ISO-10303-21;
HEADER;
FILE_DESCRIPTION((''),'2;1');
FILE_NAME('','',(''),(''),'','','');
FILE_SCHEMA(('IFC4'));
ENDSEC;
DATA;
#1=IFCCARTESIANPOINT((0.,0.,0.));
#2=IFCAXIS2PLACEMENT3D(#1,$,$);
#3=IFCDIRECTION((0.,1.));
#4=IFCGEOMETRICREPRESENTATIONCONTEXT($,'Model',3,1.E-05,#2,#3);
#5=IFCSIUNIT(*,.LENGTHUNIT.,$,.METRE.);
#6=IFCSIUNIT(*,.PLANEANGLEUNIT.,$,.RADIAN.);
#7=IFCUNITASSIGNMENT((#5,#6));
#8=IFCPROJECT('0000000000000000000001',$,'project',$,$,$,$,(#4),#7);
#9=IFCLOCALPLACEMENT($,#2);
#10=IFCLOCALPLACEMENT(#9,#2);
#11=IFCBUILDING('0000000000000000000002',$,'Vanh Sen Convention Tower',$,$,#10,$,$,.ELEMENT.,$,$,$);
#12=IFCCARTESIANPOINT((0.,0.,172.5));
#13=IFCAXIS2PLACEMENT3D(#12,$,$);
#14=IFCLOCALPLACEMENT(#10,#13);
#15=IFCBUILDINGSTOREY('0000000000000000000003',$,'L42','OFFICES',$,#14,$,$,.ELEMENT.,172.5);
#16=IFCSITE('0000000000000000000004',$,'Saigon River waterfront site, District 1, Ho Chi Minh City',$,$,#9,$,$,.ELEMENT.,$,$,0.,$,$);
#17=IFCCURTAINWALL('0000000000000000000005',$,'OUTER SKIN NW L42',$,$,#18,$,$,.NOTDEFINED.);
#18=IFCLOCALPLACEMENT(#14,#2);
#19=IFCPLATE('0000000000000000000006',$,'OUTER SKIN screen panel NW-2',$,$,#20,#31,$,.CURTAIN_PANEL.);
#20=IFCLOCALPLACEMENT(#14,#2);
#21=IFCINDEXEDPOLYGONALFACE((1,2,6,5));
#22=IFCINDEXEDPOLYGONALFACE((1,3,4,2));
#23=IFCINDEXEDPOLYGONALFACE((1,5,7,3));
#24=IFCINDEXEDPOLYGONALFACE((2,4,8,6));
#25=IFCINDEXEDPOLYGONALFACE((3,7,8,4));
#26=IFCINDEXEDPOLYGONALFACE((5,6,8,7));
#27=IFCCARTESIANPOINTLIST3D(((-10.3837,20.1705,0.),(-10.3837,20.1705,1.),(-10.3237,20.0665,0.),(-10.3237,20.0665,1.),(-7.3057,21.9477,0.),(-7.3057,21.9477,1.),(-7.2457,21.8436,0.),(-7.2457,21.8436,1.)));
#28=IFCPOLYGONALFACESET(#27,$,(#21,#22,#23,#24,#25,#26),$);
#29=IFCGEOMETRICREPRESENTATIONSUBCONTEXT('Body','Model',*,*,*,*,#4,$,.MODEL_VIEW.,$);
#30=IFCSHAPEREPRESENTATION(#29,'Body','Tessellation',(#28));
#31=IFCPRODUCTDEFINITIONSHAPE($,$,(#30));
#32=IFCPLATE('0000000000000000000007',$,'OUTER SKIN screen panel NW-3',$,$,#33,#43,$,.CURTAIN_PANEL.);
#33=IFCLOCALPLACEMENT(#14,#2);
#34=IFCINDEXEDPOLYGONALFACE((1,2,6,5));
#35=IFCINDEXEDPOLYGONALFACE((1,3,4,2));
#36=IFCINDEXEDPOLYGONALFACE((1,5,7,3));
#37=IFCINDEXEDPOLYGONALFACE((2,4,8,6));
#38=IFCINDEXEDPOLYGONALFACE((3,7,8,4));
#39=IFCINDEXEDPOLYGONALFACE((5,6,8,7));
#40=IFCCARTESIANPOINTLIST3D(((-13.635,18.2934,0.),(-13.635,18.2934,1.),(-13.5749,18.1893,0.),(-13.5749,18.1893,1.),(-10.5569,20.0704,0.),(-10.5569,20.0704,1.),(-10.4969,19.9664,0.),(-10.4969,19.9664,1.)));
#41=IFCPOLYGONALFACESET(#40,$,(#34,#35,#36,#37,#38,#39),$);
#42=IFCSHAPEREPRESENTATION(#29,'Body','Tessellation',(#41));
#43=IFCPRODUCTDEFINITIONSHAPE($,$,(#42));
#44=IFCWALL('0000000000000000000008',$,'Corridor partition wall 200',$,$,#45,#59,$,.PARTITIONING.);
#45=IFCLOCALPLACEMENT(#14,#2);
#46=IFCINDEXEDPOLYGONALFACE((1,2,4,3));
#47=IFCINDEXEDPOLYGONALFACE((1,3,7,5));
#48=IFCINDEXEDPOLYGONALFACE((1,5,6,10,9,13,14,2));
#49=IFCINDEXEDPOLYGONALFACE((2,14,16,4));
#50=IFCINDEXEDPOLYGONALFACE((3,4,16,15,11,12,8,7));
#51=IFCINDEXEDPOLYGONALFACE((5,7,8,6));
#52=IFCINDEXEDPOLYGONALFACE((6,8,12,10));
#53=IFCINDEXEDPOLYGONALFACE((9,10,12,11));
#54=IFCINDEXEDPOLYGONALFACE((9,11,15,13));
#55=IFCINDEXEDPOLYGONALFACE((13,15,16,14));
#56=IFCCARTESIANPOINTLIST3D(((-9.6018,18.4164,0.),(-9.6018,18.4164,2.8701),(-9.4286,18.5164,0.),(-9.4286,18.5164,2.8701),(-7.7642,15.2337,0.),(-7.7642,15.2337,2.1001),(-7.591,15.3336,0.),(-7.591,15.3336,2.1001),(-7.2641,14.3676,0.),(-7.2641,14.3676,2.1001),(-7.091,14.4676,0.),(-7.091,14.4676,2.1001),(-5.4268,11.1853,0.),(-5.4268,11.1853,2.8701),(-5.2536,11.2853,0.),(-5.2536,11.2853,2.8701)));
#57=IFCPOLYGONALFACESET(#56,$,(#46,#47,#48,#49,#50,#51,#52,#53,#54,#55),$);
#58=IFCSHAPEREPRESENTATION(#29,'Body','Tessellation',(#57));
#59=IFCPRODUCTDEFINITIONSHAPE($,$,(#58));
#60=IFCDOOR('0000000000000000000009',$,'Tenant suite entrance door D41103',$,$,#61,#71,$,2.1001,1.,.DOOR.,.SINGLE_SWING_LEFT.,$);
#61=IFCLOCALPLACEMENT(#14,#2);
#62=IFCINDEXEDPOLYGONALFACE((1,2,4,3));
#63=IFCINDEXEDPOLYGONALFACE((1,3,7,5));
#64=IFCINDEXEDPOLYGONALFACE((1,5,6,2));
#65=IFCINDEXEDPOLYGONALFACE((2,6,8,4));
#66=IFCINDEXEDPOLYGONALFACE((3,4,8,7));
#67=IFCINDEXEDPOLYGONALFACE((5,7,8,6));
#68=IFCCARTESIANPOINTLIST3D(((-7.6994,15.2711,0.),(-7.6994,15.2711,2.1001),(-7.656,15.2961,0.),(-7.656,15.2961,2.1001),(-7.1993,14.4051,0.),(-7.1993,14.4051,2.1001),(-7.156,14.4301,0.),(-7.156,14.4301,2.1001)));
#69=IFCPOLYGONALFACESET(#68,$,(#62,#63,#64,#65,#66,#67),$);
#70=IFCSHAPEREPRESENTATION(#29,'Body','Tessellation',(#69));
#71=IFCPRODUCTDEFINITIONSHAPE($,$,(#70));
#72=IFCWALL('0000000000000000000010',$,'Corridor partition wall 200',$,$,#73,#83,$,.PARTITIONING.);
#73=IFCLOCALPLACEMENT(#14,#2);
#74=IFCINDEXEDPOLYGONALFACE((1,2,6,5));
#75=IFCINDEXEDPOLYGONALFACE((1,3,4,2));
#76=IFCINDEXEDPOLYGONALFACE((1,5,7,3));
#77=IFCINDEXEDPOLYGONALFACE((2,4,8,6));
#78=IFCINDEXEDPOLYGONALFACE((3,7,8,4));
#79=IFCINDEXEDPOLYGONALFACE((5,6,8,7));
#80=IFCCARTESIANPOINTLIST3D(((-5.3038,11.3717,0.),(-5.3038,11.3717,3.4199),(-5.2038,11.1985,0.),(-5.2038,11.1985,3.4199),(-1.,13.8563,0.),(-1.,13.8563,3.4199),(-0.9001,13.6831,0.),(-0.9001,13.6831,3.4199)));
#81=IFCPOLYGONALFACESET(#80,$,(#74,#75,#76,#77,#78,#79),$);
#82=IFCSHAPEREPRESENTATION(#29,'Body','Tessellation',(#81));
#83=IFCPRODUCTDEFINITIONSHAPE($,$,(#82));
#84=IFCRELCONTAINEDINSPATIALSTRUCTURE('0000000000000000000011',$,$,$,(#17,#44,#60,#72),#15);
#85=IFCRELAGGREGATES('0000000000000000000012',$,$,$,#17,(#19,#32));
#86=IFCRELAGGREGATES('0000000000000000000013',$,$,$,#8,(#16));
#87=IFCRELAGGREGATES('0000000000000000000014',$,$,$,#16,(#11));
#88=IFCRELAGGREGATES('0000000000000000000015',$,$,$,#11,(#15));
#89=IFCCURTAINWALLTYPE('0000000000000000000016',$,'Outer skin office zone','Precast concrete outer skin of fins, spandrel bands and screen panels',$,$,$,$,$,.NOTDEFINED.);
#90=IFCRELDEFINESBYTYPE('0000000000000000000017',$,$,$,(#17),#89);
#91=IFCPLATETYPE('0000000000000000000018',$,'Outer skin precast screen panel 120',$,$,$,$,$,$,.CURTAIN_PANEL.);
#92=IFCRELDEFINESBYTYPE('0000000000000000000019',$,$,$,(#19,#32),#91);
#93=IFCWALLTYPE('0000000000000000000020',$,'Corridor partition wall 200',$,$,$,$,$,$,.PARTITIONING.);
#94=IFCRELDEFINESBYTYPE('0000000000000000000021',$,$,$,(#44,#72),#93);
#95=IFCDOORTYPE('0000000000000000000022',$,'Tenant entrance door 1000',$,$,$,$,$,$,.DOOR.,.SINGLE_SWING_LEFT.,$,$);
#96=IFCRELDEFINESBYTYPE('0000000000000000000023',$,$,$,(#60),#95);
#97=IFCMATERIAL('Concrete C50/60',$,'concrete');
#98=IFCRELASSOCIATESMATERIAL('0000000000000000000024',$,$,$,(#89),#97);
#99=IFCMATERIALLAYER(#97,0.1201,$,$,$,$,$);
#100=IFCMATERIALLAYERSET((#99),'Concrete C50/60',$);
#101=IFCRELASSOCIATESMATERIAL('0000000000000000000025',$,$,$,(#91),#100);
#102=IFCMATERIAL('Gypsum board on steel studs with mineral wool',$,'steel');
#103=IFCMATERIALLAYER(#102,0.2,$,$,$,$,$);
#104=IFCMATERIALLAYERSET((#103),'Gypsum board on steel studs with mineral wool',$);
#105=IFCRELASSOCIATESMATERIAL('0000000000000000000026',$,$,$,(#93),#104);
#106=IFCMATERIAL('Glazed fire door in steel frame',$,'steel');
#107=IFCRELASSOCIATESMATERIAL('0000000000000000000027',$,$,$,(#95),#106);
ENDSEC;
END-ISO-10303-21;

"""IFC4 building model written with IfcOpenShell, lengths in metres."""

from ifc_helpers import new_model, si_unit, direction, frame, frame_2d, origin, origin_2d, place, context, subcontext, project, spatial, rectangle, extrude, material, layer, layer_set, type_object, element, fill, aggregate, save


model = new_model("IFC4")

# Units and contexts
model_context = context("Model", 3, precision=1e-05, world=origin(), true_north=direction((0.0, 1.0)))
body_context = subcontext(model_context, "Body", "Model", "MODEL_VIEW")
ifc_project = project(units=[si_unit("LENGTHUNIT", "METRE"), si_unit("PLANEANGLEUNIT", "RADIAN")], contexts=[model_context])

# Site, building, storey
site_placement = place(None, origin())
site = spatial("IfcSite", under=ifc_project, at=site_placement, Name="Saigon River waterfront site, District 1, Ho Chi Minh City", CompositionType="ELEMENT", RefElevation=0.0)
building_placement = place(site_placement, origin())
building = spatial("IfcBuilding", under=site, at=building_placement, Name="Vanh Sen Convention Tower", CompositionType="ELEMENT")
storey_placement = place(building_placement, frame((0.0, 0.0, 172.5)))
storey = spatial("IfcBuildingStorey", under=building, at=storey_placement, Name="L42", Description="OFFICES", CompositionType="ELEMENT", Elevation=172.5)

# Curtain wall
ifc_material_1 = material(Name="Concrete C50/60", Category="concrete")
curtain_wall_type = type_object("IfcCurtainWallType", Name="Outer skin office zone", Description="Precast concrete outer skin of fins, spandrel bands and screen panels", PredefinedType="NOTDEFINED", material=ifc_material_1)
curtain_wall_1_placement = place(storey_placement, origin())
curtain_wall_1 = element("IfcCurtainWall", 1, at=curtain_wall_1_placement, inside=storey, type_object=curtain_wall_type, Name="OUTER SKIN NW L42", PredefinedType="NOTDEFINED")

# Shared definitions
ifc_layer_1 = layer(ifc_material_1, 0.1201)
ifc_layer_set_1 = layer_set([ifc_layer_1], Name="Concrete C50/60")
plate_type = type_object("IfcPlateType", Name="Outer skin precast screen panel 120", PredefinedType="CURTAIN_PANEL", material=ifc_layer_set_1)

# Plates
plate_1_placement = place(storey_placement, frame((-8.8147, 21.0071, 0.0), z_axis=(0.0, 0.0, 1.0), x_axis=(-0.866017, -0.500015, 0.0)))
plate_1 = element("IfcPlate", 2, at=plate_1_placement, type_object=plate_type, Name="OUTER SKIN screen panel NW-2", PredefinedType="CURTAIN_PANEL", context=body_context, shape_type="SweptSolid", body=[
    extrude(rectangle(XDim=3.5542, YDim=0.1201, at=origin_2d()), origin(), (0.0, 0.0, 1.0), 1.0),
])
plate_2_placement = place(storey_placement, frame((-12.0659, 19.1299, 0.0), z_axis=(0.0, 0.0, 1.0), x_axis=(-0.866035, -0.499983, 0.0)))
plate_2 = element("IfcPlate", 3, at=plate_2_placement, type_object=plate_type, Name="OUTER SKIN screen panel NW-3", PredefinedType="CURTAIN_PANEL", context=body_context, shape_type="SweptSolid", body=[
    extrude(rectangle(XDim=3.5542, YDim=0.1201, at=origin_2d()), origin(), (0.0, 0.0, 1.0), 1.0),
])
aggregate(curtain_wall_1, [plate_1, plate_2])

# Wall, opening, door
ifc_material_2 = material(Name="Gypsum board on steel studs with mineral wool", Category="steel")
ifc_layer_2 = layer(ifc_material_2, 0.2)
ifc_layer_set_2 = layer_set([ifc_layer_2], Name="Gypsum board on steel studs with mineral wool")
wall_type_1 = type_object("IfcWallType", Name="Corridor partition wall 200", PredefinedType="PARTITIONING", material=ifc_layer_set_2)
wall_1_placement = place(storey_placement, frame((-9.5151, 18.4663, 0.0), z_axis=(0.0, 0.0, 1.0), x_axis=(0.50001, -0.86602, 0.0)))
wall_1 = element("IfcWall", 4, at=wall_1_placement, inside=storey, type_object=wall_type_1, Name="Corridor partition wall 200", PredefinedType="PARTITIONING", context=body_context, shape_type="SweptSolid", body=[
    extrude(rectangle(XDim=8.3499, YDim=0.2, at=frame_2d((4.1748, 0.0))), origin(), (0.0, 0.0, 1.0), 2.8701),
])
opening_1_placement = place(wall_1_placement, frame((3.675, 0.0, 0.0)))
opening_1 = element("IfcOpeningElement", 5, at=opening_1_placement, cuts=wall_1, PredefinedType="OPENING", context=body_context, shape_type="SweptSolid", body=[
    extrude(rectangle(XDim=1.0, YDim=2.1001, at=frame_2d((0.5, 1.05))), frame((0.0, 0.1099, 0.0), z_axis=(0.0, -1.0, 0.0), x_axis=(1.0, 0.0, 0.0)), (0.0, 0.0, 1.0), 0.22),
])
ifc_material_3 = material(Name="Glazed fire door in steel frame", Category="steel")
door_type = type_object("IfcDoorType", Name="Tenant entrance door 1000", OperationType="SINGLE_SWING_LEFT", PredefinedType="DOOR", material=ifc_material_3)
door_placement = place(opening_1_placement, origin())
door = element("IfcDoor", 6, at=door_placement, inside=storey, type_object=door_type, Name="Tenant suite entrance door D41103", OperationType="SINGLE_SWING_LEFT", OverallHeight=2.1001, OverallWidth=1.0, PredefinedType="DOOR", context=body_context, shape_type="SweptSolid", body=[
    extrude(rectangle(XDim=1.0, YDim=2.1001, at=frame_2d((0.5, 1.05))), frame((0.0, 0.0249, 0.0), z_axis=(0.0, -1.0, 0.0), x_axis=(1.0, 0.0, 0.0)), (0.0, 0.0, 1.0), 0.05),
])
fill(opening_1, door)

# Wall
wall_2_placement = place(storey_placement, frame((-0.95, 13.7698, 0.0), z_axis=(0.0, 0.0, 1.0), x_axis=(-0.866037, -0.49998, 0.0)))
element("IfcWall", 7, at=wall_2_placement, inside=storey, type_object=wall_type_1, Name="Corridor partition wall 200", PredefinedType="PARTITIONING", context=body_context, shape_type="SweptSolid", body=[
    extrude(rectangle(XDim=4.9695, YDim=0.2, at=frame_2d((2.4849, 0.0))), origin(), (0.0, 0.0, 1.0), 3.4199),
])

save(model, "model.ifc")
